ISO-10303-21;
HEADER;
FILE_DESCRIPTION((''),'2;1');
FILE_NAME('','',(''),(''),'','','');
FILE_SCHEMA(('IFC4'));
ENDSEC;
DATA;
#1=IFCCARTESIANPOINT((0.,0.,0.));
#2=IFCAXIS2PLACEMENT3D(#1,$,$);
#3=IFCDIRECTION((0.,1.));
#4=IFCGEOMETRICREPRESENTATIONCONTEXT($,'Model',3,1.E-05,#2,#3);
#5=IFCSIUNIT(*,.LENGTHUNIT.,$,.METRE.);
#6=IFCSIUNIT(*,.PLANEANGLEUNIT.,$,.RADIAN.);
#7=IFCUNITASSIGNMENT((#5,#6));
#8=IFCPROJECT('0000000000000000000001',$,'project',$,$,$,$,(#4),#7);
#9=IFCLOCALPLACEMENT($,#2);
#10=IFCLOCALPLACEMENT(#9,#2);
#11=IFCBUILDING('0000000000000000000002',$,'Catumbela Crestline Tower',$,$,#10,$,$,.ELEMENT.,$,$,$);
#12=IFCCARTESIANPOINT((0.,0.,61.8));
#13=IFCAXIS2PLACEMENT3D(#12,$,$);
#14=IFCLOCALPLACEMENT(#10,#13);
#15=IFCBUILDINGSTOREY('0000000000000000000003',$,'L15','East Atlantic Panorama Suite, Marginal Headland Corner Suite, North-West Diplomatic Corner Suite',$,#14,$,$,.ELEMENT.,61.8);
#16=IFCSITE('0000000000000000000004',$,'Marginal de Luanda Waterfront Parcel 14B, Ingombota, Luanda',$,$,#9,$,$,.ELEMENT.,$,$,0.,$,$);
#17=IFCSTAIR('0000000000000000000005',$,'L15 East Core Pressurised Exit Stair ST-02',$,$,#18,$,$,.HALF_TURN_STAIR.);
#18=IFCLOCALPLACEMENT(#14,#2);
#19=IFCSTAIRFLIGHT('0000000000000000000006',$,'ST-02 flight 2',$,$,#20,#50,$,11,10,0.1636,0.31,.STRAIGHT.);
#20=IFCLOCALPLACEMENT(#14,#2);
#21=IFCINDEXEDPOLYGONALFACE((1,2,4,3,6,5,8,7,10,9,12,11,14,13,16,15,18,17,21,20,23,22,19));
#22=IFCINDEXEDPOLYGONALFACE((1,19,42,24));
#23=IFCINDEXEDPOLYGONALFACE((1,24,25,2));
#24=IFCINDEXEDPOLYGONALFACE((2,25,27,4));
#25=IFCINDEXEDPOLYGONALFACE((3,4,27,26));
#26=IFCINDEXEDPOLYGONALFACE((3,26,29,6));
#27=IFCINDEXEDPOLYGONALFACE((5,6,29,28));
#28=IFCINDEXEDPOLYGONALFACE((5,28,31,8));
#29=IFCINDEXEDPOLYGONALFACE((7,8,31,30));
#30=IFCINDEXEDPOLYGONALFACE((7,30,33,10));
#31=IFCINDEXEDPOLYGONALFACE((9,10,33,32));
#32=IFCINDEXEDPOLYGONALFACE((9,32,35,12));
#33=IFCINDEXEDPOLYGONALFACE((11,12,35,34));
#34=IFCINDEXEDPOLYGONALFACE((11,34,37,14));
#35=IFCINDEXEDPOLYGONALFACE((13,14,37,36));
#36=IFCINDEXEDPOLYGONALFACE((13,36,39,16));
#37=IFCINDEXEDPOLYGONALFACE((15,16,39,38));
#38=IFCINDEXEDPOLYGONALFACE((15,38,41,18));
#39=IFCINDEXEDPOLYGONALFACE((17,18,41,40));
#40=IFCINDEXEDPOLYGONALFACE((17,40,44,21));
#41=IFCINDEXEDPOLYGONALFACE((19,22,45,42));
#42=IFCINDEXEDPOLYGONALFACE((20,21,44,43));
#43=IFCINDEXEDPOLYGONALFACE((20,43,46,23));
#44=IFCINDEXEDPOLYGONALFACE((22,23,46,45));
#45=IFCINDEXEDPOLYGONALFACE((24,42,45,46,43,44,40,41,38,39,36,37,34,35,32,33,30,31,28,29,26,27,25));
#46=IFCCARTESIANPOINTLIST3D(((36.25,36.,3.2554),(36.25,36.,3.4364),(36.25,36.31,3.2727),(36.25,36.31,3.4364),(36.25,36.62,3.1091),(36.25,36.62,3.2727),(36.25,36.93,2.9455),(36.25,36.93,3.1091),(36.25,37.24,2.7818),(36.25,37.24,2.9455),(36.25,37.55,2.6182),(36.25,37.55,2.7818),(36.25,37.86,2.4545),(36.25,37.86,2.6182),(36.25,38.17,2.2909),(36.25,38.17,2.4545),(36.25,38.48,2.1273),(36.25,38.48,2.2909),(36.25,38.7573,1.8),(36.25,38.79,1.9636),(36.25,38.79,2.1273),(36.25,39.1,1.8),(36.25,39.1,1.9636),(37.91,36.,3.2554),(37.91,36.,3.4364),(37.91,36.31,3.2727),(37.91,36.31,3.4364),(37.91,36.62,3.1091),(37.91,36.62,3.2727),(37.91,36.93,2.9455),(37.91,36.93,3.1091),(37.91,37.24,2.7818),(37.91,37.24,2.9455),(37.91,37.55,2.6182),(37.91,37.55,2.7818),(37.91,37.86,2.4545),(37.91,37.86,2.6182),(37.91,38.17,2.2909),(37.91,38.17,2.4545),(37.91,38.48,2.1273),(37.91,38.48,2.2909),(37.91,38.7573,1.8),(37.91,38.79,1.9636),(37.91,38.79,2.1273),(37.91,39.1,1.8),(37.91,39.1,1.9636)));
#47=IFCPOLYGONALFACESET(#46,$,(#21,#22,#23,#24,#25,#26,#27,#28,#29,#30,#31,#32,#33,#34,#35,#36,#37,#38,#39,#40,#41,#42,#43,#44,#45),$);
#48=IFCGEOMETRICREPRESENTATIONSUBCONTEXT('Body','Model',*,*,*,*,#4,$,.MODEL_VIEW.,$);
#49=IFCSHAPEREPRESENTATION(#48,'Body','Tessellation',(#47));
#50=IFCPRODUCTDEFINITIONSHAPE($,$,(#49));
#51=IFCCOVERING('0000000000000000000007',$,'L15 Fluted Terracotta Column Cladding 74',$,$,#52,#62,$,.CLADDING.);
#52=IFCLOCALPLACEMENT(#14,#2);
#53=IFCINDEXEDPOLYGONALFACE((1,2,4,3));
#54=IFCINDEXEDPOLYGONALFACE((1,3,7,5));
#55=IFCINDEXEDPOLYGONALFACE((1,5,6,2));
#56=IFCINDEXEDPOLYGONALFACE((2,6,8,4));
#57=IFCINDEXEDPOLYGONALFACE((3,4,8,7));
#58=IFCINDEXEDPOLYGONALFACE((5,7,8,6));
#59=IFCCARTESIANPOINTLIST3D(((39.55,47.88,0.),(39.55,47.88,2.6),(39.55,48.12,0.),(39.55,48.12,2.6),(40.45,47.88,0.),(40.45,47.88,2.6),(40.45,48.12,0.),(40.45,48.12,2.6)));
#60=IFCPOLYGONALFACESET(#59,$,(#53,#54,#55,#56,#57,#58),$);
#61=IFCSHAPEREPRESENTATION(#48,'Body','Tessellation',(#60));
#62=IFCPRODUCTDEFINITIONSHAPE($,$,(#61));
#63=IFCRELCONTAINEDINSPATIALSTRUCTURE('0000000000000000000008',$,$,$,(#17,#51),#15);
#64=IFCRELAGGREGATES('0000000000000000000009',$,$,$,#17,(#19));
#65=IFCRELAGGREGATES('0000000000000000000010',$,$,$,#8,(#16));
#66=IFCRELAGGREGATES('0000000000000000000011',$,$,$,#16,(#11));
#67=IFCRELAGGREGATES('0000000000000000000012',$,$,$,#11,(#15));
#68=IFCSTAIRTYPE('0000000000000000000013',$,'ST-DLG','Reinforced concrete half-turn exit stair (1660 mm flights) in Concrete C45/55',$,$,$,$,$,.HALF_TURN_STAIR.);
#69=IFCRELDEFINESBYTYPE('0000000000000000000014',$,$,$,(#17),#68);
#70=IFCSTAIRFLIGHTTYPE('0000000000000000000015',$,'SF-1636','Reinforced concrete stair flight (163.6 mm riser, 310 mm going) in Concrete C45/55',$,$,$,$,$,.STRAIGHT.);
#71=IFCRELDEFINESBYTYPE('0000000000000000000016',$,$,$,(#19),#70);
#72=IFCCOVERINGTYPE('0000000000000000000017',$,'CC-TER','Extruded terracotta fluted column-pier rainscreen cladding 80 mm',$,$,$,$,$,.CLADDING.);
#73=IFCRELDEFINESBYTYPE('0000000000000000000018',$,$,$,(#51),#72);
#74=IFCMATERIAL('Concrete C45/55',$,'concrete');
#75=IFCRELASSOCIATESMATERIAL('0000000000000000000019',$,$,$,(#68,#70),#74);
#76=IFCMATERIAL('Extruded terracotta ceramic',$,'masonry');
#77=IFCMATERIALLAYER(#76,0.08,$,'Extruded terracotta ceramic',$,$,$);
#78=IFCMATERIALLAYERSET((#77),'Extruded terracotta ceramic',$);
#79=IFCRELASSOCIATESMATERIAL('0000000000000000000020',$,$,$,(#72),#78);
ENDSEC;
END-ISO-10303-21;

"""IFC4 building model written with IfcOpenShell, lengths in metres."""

from ifc_helpers import new_model, si_unit, direction, frame, origin, origin_2d, place, context, subcontext, project, spatial, polyline, rectangle, outline, extrude, material, layer, layer_set, type_object, element, aggregate, save


model = new_model("IFC4")

# Units and contexts
model_context = context("Model", 3, precision=1e-05, world=origin(), true_north=direction((0.0, 1.0)))
body_context = subcontext(model_context, "Body", "Model", "MODEL_VIEW")
ifc_project = project(units=[si_unit("LENGTHUNIT", "METRE"), si_unit("PLANEANGLEUNIT", "RADIAN")], contexts=[model_context])

# Site, building, storey
site_placement = place(None, origin())
site = spatial("IfcSite", under=ifc_project, at=site_placement, Name="Marginal de Luanda Waterfront Parcel 14B, Ingombota, Luanda", CompositionType="ELEMENT", RefElevation=0.0)
building_placement = place(site_placement, origin())
building = spatial("IfcBuilding", under=site, at=building_placement, Name="Catumbela Crestline Tower", CompositionType="ELEMENT")
storey_placement = place(building_placement, frame((0.0, 0.0, 61.8)))
storey = spatial("IfcBuildingStorey", under=building, at=storey_placement, Name="L15", Description="East Atlantic Panorama Suite, Marginal Headland Corner Suite, North-West Diplomatic Corner Suite", CompositionType="ELEMENT", Elevation=61.8)

# Stair, stair flight
ifc_material_1 = material(Name="Concrete C45/55", Category="concrete")
stair_type = type_object("IfcStairType", Name="ST-DLG", Description="Reinforced concrete half-turn exit stair (1660 mm flights) in Concrete C45/55", PredefinedType="HALF_TURN_STAIR", material=ifc_material_1)
stair_placement = place(storey_placement, origin())
stair = element("IfcStair", 1, at=stair_placement, inside=storey, type_object=stair_type, Name="L15 East Core Pressurised Exit Stair ST-02", PredefinedType="HALF_TURN_STAIR")
stair_flight_type = type_object("IfcStairFlightType", Name="SF-1636", Description="Reinforced concrete stair flight (163.6 mm riser, 310 mm going) in Concrete C45/55", PredefinedType="STRAIGHT", material=ifc_material_1)
stair_flight_1_placement = place(storey_placement, frame((37.08, 39.1, 1.8), z_axis=(0.0, 0.0, 1.0), x_axis=(0.0, -1.0, 0.0)))
stair_flight_1 = element("IfcStairFlight", 2, at=stair_flight_1_placement, type_object=stair_flight_type, Name="ST-02 flight 2", NumberOfRisers=11, NumberOfTreads=10, PredefinedType="STRAIGHT", RiserHeight=0.1636, TreadLength=0.31, context=body_context, shape_type="SweptSolid", body=[
    extrude(outline(polyline([(0.0, 0.0), (0.0, 0.1636), (0.31, 0.1636), (0.31, 0.3273), (0.62, 0.3273), (0.62, 0.4909), (0.93, 0.4909), (0.93, 0.6545), (1.24, 0.6545), (1.24, 0.8182), (1.55, 0.8182), (1.55, 0.9818), (1.86, 0.9818), (1.86, 1.1455), (2.17, 1.1455), (2.17, 1.3091), (2.48, 1.3091), (2.48, 1.4727), (2.79, 1.4727), (2.79, 1.6364), (3.1, 1.6364), (3.1, 1.8), (3.1, 1.4554), (0.3427, 0.0), (0.0, 0.0)])), frame((0.0, 0.83, 0.0), z_axis=(0.0, -1.0, 0.0), x_axis=(1.0, 0.0, 0.0)), (0.0, 0.0, 1.0), 1.66),
])
aggregate(stair, [stair_flight_1])

# Covering
ifc_material_2 = material(Name="Extruded terracotta ceramic", Category="masonry")
ifc_layer_1 = layer(ifc_material_2, 0.08, Name="Extruded terracotta ceramic")
ifc_layer_set_1 = layer_set([ifc_layer_1], Name="Extruded terracotta ceramic")
covering_type = type_object("IfcCoveringType", Name="CC-TER", Description="Extruded terracotta fluted column-pier rainscreen cladding 80 mm", PredefinedType="CLADDING", material=ifc_layer_set_1)
covering_placement = place(storey_placement, frame((40.0, 48.0, 0.0), z_axis=(0.0, 0.0, 1.0), x_axis=(-1.0, 0.0, 0.0)))
element("IfcCovering", 3, at=covering_placement, inside=storey, type_object=covering_type, Name="L15 Fluted Terracotta Column Cladding 74", PredefinedType="CLADDING", context=body_context, shape_type="SweptSolid", body=[
    extrude(rectangle(XDim=0.9, YDim=0.24, at=origin_2d()), origin(), (0.0, 0.0, 1.0), 2.6),
])

save(model, "model.ifc")
